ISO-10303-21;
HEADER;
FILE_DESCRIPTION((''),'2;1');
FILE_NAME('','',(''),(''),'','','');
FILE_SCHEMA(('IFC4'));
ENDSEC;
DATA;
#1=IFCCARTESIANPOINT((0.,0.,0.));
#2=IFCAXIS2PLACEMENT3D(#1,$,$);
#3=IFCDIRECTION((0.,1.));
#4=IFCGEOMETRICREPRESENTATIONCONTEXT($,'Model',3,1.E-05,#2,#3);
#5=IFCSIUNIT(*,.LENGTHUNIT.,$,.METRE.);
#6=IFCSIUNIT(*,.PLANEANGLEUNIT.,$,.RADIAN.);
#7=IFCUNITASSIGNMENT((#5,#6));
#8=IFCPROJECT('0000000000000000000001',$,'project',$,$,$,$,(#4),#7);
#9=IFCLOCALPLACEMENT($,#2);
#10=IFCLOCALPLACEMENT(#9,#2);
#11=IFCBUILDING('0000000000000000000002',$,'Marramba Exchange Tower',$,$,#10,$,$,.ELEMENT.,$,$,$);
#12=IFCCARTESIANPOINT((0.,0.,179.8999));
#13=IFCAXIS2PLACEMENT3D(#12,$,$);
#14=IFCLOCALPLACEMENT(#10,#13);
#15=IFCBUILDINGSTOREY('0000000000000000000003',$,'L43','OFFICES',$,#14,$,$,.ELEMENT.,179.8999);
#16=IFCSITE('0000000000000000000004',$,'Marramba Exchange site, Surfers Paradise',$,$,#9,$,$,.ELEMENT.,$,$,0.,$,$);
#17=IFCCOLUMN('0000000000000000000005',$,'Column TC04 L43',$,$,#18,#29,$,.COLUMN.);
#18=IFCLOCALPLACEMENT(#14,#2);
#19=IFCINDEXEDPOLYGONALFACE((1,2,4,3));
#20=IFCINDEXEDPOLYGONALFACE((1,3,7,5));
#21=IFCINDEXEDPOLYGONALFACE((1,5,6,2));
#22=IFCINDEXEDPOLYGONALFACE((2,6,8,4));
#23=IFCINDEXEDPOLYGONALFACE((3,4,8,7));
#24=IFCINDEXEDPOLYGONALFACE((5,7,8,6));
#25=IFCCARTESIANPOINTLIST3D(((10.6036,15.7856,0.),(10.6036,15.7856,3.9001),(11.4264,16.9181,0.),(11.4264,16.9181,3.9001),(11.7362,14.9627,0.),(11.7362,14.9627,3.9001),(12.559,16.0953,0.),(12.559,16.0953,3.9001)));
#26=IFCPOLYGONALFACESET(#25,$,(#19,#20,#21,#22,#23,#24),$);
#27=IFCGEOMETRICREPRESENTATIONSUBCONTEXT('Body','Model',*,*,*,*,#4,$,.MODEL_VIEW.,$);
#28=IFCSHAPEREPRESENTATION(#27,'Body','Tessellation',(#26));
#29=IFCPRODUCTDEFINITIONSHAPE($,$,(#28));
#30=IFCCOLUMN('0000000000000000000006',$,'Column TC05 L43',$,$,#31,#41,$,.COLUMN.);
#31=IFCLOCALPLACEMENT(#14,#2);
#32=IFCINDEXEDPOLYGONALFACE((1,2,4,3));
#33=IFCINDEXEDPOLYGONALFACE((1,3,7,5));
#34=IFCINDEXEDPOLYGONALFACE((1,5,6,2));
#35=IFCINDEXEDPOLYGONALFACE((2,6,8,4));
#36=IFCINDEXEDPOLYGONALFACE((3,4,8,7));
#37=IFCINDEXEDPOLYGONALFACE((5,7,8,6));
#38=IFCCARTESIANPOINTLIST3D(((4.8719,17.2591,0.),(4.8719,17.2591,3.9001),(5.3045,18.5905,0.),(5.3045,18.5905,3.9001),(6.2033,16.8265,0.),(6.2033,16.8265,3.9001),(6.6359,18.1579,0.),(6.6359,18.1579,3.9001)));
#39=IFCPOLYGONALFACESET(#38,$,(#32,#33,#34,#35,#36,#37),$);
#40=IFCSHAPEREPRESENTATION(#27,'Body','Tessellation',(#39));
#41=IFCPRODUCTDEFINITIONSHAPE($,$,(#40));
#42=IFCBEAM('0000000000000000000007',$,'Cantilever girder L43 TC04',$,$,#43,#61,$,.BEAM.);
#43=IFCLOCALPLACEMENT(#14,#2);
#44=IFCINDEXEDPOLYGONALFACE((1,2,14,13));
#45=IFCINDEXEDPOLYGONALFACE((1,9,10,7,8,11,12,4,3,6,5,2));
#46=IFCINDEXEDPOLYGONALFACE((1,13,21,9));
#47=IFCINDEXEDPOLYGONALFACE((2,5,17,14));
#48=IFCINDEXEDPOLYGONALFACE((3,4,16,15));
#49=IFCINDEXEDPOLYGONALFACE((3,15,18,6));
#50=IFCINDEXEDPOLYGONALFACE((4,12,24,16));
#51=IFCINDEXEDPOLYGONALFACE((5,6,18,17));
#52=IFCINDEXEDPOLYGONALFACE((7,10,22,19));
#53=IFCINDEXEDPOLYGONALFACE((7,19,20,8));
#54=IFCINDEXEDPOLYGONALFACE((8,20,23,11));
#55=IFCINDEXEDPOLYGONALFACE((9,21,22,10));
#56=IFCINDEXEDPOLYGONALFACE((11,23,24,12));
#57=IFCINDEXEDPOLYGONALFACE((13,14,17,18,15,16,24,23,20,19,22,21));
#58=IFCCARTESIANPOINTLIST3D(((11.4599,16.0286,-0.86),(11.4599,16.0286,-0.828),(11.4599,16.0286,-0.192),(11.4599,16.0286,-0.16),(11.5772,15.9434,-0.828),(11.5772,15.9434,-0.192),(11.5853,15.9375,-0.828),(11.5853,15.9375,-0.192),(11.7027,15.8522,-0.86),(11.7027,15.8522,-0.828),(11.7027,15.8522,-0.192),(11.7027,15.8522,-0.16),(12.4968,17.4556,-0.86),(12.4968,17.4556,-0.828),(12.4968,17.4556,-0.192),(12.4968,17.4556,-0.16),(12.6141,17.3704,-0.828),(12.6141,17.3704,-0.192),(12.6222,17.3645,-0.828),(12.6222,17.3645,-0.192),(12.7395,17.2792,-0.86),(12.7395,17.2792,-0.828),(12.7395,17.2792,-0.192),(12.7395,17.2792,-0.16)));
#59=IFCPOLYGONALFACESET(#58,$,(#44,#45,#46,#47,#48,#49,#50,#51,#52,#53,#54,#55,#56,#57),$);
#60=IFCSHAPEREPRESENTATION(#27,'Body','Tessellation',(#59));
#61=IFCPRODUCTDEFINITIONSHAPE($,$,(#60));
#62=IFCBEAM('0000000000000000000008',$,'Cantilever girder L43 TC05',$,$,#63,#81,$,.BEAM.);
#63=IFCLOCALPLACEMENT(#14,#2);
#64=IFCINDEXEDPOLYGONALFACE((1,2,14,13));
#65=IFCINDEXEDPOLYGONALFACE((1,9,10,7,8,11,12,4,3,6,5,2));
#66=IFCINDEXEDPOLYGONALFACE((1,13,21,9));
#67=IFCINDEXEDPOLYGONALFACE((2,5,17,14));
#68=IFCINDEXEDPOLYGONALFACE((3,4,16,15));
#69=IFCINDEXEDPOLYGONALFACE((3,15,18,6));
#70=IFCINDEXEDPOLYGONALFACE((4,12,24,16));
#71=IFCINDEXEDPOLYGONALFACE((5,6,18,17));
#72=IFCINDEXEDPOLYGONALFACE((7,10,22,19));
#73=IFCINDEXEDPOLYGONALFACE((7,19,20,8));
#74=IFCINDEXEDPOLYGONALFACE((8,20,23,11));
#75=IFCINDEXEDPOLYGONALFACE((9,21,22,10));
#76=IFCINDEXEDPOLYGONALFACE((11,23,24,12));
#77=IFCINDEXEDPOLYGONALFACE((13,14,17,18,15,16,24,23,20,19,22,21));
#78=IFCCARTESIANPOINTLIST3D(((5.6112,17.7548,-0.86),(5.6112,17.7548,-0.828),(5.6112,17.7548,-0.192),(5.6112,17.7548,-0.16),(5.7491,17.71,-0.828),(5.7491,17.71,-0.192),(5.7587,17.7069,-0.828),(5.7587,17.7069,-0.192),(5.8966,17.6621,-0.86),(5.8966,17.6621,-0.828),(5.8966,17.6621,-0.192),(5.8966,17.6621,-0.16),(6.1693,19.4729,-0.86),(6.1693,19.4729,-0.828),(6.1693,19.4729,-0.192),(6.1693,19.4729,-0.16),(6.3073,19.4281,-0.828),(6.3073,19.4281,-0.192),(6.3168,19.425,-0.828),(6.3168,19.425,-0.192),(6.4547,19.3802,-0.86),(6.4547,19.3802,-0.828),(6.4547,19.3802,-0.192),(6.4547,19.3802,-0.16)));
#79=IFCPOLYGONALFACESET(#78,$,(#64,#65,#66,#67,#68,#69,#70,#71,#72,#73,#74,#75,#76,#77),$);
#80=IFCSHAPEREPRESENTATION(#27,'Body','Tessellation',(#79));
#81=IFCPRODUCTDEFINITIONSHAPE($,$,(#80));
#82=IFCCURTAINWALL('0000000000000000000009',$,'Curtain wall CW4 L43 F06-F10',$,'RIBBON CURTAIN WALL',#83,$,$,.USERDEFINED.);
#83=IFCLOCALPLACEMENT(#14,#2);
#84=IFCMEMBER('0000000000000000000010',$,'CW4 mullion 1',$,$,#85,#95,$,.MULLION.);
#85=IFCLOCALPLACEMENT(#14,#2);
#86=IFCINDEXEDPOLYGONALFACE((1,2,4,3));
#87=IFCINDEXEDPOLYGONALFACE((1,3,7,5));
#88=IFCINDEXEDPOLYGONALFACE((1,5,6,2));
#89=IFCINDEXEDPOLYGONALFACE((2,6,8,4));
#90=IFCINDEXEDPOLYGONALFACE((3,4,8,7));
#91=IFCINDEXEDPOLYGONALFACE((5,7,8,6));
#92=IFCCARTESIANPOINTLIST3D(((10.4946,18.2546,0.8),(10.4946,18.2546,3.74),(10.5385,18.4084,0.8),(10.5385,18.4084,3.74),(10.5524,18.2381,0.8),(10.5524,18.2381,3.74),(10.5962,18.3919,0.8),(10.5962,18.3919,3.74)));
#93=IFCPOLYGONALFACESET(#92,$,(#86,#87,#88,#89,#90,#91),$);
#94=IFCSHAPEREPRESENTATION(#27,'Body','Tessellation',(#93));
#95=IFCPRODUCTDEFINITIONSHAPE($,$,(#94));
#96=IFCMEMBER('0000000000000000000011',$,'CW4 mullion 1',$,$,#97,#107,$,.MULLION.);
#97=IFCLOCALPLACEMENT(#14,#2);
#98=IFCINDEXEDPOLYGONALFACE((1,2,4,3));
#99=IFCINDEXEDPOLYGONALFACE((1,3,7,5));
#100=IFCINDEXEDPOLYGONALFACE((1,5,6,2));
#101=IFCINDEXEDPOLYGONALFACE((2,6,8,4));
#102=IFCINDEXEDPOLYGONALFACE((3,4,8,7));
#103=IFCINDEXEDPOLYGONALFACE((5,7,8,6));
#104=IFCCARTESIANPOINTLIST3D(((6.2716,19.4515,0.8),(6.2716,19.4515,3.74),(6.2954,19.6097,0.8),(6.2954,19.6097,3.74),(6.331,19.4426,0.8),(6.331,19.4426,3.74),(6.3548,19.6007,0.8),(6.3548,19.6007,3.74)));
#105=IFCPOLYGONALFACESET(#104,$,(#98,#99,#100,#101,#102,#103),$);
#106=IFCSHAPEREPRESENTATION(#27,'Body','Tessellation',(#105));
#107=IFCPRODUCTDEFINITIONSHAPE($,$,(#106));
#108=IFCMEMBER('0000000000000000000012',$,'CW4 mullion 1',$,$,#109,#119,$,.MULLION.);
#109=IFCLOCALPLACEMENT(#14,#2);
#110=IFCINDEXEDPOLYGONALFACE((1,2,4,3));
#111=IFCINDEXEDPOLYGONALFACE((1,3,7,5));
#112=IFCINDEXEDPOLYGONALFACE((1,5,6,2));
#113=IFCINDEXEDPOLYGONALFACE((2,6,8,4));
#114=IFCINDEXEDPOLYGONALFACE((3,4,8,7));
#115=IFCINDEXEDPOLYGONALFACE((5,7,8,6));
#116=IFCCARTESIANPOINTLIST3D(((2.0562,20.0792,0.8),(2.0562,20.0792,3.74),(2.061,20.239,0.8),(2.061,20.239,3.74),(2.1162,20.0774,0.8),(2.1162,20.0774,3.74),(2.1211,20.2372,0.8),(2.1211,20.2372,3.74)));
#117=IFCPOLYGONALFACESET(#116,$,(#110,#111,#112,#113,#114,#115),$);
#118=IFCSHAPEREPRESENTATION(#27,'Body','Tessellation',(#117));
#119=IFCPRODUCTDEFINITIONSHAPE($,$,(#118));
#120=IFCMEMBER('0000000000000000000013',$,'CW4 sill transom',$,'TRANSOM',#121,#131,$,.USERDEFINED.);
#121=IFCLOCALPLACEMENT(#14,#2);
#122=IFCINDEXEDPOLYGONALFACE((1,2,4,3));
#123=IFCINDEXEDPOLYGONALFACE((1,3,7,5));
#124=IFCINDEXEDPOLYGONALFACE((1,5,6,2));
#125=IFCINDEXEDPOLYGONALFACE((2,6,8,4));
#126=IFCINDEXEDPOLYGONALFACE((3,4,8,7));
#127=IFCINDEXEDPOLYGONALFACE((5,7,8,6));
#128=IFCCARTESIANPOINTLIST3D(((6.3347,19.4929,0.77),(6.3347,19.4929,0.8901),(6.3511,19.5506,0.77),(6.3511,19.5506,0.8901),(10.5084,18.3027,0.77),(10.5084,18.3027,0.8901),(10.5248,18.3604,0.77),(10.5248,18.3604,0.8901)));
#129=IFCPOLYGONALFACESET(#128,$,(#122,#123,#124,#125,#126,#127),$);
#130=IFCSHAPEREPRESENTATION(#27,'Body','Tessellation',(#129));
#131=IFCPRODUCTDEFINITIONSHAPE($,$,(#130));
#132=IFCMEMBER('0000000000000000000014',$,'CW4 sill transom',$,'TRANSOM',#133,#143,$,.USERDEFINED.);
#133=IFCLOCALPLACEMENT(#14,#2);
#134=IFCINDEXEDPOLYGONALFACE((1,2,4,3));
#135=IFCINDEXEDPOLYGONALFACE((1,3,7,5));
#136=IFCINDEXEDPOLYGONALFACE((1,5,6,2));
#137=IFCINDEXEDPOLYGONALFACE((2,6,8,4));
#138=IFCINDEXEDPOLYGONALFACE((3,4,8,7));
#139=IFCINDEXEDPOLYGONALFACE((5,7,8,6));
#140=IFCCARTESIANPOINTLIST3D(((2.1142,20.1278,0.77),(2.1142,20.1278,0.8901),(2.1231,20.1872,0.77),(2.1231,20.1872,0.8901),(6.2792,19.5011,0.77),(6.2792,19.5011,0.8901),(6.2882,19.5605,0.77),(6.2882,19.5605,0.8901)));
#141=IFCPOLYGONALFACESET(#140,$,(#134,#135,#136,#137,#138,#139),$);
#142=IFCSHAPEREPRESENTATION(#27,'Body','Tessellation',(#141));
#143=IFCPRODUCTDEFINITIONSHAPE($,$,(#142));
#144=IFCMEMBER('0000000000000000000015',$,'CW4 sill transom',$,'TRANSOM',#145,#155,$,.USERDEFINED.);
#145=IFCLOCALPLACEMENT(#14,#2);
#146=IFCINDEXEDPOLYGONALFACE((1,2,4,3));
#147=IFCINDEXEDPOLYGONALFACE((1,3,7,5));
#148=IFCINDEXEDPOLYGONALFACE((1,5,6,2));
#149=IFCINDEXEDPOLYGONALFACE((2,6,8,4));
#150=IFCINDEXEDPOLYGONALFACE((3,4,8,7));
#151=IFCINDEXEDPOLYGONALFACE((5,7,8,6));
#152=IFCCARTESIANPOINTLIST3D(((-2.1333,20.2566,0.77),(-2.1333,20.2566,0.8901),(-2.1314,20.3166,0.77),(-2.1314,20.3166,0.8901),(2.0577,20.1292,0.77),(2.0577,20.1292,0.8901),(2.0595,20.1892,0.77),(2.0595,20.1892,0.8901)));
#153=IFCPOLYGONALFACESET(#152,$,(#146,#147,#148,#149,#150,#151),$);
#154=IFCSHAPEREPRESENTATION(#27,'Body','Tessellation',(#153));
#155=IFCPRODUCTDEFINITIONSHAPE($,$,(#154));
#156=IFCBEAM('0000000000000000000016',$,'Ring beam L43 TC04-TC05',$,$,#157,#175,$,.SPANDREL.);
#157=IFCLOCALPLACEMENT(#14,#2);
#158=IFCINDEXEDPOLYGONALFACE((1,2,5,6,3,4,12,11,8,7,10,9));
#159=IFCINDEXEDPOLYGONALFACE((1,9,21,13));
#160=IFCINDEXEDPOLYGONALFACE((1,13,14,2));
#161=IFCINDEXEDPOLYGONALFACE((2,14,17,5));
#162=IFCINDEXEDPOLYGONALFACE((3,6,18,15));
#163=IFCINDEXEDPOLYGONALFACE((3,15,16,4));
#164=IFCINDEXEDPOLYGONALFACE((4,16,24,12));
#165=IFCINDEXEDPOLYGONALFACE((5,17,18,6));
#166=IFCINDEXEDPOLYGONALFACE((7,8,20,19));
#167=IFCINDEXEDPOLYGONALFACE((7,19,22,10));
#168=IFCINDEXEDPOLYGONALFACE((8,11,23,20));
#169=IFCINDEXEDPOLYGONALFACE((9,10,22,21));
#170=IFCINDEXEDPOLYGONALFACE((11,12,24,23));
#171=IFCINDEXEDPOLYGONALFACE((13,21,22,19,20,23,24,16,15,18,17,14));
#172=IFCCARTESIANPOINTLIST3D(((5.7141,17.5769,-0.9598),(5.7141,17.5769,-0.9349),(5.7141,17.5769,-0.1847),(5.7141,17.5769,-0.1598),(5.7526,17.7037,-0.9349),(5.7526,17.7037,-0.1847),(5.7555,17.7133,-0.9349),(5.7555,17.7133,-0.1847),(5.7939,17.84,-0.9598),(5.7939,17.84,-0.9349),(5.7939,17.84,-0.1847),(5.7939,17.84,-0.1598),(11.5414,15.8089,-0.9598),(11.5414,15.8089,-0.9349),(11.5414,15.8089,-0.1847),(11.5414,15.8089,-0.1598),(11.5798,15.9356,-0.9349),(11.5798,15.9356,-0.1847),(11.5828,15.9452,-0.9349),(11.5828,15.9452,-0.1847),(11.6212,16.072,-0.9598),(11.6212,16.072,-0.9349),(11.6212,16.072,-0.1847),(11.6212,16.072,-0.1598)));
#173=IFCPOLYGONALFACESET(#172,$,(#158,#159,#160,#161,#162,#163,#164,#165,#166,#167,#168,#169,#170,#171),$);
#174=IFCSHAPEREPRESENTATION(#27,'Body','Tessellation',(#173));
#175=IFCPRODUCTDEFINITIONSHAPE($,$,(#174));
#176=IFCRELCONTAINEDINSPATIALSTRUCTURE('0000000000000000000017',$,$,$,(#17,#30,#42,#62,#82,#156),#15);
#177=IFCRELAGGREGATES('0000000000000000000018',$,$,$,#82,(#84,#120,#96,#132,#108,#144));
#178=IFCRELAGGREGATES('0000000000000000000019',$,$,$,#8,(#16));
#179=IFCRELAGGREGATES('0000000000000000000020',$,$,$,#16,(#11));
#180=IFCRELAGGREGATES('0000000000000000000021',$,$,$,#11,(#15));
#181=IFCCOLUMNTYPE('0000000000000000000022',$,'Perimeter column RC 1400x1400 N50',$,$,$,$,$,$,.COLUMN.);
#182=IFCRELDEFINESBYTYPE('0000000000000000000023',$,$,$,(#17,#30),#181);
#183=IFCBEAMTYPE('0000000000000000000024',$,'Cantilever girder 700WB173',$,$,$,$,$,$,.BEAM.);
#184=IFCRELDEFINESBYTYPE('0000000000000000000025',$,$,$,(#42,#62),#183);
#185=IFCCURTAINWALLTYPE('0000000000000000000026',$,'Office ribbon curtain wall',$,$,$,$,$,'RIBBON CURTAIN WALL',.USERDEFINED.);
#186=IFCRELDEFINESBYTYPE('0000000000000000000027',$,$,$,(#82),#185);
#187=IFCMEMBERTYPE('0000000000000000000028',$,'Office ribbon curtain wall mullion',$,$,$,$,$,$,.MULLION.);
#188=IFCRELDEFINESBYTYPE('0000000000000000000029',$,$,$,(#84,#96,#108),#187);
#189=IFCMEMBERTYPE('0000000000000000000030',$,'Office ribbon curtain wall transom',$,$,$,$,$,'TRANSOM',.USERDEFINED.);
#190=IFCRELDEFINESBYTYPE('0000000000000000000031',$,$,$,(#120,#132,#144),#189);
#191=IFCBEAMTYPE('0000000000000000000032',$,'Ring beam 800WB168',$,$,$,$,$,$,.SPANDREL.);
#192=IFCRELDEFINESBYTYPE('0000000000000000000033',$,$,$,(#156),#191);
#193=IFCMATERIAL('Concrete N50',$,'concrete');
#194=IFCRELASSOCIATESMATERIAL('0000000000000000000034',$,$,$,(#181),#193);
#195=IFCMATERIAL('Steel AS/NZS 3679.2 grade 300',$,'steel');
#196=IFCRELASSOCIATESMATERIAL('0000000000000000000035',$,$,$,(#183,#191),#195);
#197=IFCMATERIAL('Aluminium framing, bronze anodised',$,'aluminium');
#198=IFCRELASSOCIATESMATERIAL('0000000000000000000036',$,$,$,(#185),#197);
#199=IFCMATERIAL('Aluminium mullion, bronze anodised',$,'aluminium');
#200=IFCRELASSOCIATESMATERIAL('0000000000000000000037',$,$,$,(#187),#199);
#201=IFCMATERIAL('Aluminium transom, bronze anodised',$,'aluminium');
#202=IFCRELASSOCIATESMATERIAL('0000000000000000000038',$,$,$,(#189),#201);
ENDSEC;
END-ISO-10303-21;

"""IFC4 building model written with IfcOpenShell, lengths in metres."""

from ifc_helpers import new_model, si_unit, direction, frame, origin, origin_2d, place, context, subcontext, project, spatial, rectangle, i_section, extrude, material, material_profile, profile_set, type_object, element, aggregate, save


model = new_model("IFC4")

# Units and contexts
model_context = context("Model", 3, precision=1e-05, world=origin(), true_north=direction((0.0, 1.0)))
body_context = subcontext(model_context, "Body", "Model", "MODEL_VIEW")
ifc_project = project(units=[si_unit("LENGTHUNIT", "METRE"), si_unit("PLANEANGLEUNIT", "RADIAN")], contexts=[model_context])

# Site, building, storey
site_placement = place(None, origin())
site = spatial("IfcSite", under=ifc_project, at=site_placement, Name="Marramba Exchange site, Surfers Paradise", CompositionType="ELEMENT", RefElevation=0.0)
building_placement = place(site_placement, origin())
building = spatial("IfcBuilding", under=site, at=building_placement, Name="Marramba Exchange Tower", CompositionType="ELEMENT")
storey_placement = place(building_placement, frame((0.0, 0.0, 179.8999)))
storey = spatial("IfcBuildingStorey", under=building, at=storey_placement, Name="L43", Description="OFFICES", CompositionType="ELEMENT", Elevation=179.8999)

# Columns
ifc_material_1 = material(Name="Concrete N50", Category="concrete")
ifc_material_profile_1 = material_profile(ifc_material_1, rectangle(XDim=1.3999, YDim=1.3999, at=origin_2d()), Name="RC 1400x1400")
ifc_profile_set_1 = profile_set([ifc_material_profile_1], Name="Concrete N50")
column_type = type_object("IfcColumnType", Name="Perimeter column RC 1400x1400 N50", PredefinedType="COLUMN", material=ifc_profile_set_1)
for number, where, z_axis, x_axis, name in (
    (1, (11.5813, 15.9404, 0.0), (0.0, 0.0, 1.0), (0.587785, 0.809017, 0.0), "Column TC04 L43"),
    (2, (5.7539, 17.7085, 0.0), (0.0, 0.0, 1.0), (0.309017, 0.951057, 0.0), "Column TC05 L43"),
):
    element("IfcColumn", number, at=place(storey_placement, frame(where, z_axis=z_axis, x_axis=x_axis)), inside=storey, type_object=column_type, Name=name, PredefinedType="COLUMN", context=body_context, shape_type="SweptSolid", body=[
        extrude(rectangle(XDim=1.3999, YDim=1.3999, at=origin_2d()), origin(), (0.0, 0.0, 1.0), 3.9001),
    ])

# Beams
ifc_material_2 = material(Name="Steel AS/NZS 3679.2 grade 300", Category="steel")
ifc_material_profile_2 = material_profile(ifc_material_2, i_section(OverallWidth=0.3, OverallDepth=0.7, WebThickness=0.01, FlangeThickness=0.032, at=origin_2d()), Name="700WB173")
ifc_profile_set_2 = profile_set([ifc_material_profile_2], Name="Steel AS/NZS 3679.2 grade 300")
beam_type_1 = type_object("IfcBeamType", Name="Cantilever girder 700WB173", PredefinedType="BEAM", material=ifc_profile_set_2)
beam_1_placement = place(storey_placement, frame((11.5813, 15.9404, -0.51), z_axis=(0.587818, 0.808993, 0.0), x_axis=(-0.808993, 0.587818, 0.0)))
element("IfcBeam", 3, at=beam_1_placement, inside=storey, type_object=beam_type_1, Name="Cantilever girder L43 TC04", PredefinedType="BEAM", context=body_context, shape_type="SweptSolid", body=[
    extrude(i_section(OverallWidth=0.3, OverallDepth=0.7, WebThickness=0.01, FlangeThickness=0.032, at=origin_2d()), origin(), (0.0, 0.0, 1.0), 1.7639),
])
beam_2_placement = place(storey_placement, frame((5.7539, 17.7085, -0.51), z_axis=(0.308961, 0.951075, 0.0), x_axis=(-0.951075, 0.308961, 0.0)))
element("IfcBeam", 4, at=beam_2_placement, inside=storey, type_object=beam_type_1, Name="Cantilever girder L43 TC05", PredefinedType="BEAM", context=body_context, shape_type="SweptSolid", body=[
    extrude(i_section(OverallWidth=0.3, OverallDepth=0.7, WebThickness=0.01, FlangeThickness=0.032, at=origin_2d()), origin(), (0.0, 0.0, 1.0), 1.8064),
])

# Curtain wall, members
ifc_material_3 = material(Name="Aluminium framing, bronze anodised", Category="aluminium")
curtain_wall_type = type_object("IfcCurtainWallType", Name="Office ribbon curtain wall", ElementType="RIBBON CURTAIN WALL", PredefinedType="USERDEFINED", material=ifc_material_3)
curtain_wall_1_placement = place(storey_placement, origin())
curtain_wall_1 = element("IfcCurtainWall", 5, at=curtain_wall_1_placement, inside=storey, type_object=curtain_wall_type, Name="Curtain wall CW4 L43 F06-F10", ObjectType="RIBBON CURTAIN WALL", PredefinedType="USERDEFINED")
ifc_material_4 = material(Name="Aluminium mullion, bronze anodised", Category="aluminium")
ifc_material_profile_3 = material_profile(ifc_material_4, rectangle(XDim=0.1599, YDim=0.0601, at=origin_2d()), Name="CW4 mullion 60x160")
ifc_profile_set_3 = profile_set([ifc_material_profile_3], Name="Aluminium mullion, bronze anodised")
member_type_1 = type_object("IfcMemberType", Name="Office ribbon curtain wall mullion", PredefinedType="MULLION", material=ifc_profile_set_3)
member_1_placement = place(storey_placement, frame((10.5454, 18.3232, 0.8), z_axis=(0.0, 0.0, 1.0), x_axis=(-0.274248, -0.961659, 0.0)))
member_1 = element("IfcMember", 6, at=member_1_placement, type_object=member_type_1, Name="CW4 mullion 1", PredefinedType="MULLION", context=body_context, shape_type="SweptSolid", body=[
    extrude(rectangle(XDim=0.1599, YDim=0.0601, at=origin_2d()), origin(), (0.0, 0.0, 1.0), 2.9399),
])
member_2_placement = place(storey_placement, frame((6.3132, 19.5261, 0.8), z_axis=(0.0, 0.0, 1.0), x_axis=(-0.148795, -0.988868, 0.0)))
member_2 = element("IfcMember", 7, at=member_2_placement, type_object=member_type_1, Name="CW4 mullion 1", PredefinedType="MULLION", context=body_context, shape_type="SweptSolid", body=[
    extrude(rectangle(XDim=0.1599, YDim=0.0601, at=origin_2d()), origin(), (0.0, 0.0, 1.0), 2.9399),
])
member_3_placement = place(storey_placement, frame((2.0886, 20.1582, 0.8), z_axis=(0.0, 0.0, 1.0), x_axis=(-0.030394, -0.999538, 0.0)))
member_3 = element("IfcMember", 8, at=member_3_placement, type_object=member_type_1, Name="CW4 mullion 1", PredefinedType="MULLION", context=body_context, shape_type="SweptSolid", body=[
    extrude(rectangle(XDim=0.1599, YDim=0.0601, at=origin_2d()), origin(), (0.0, 0.0, 1.0), 2.9399),
])
ifc_material_5 = material(Name="Aluminium transom, bronze anodised", Category="aluminium")
ifc_material_profile_4 = material_profile(ifc_material_5, rectangle(XDim=0.0601, YDim=0.1201, at=origin_2d()), Name="CW4 transom 60x120")
ifc_profile_set_4 = profile_set([ifc_material_profile_4], Name="Aluminium transom, bronze anodised")
member_type_2 = type_object("IfcMemberType", Name="Office ribbon curtain wall transom", ElementType="TRANSOM", PredefinedType="USERDEFINED", material=ifc_profile_set_4)
member_4_placement = place(storey_placement, frame((10.5166, 18.3315, 0.8301), z_axis=(-0.961662, 0.274238, 0.0), x_axis=(-0.274238, -0.961662, 0.0)))
member_4 = element("IfcMember", 9, at=member_4_placement, type_object=member_type_2, Name="CW4 sill transom", ObjectType="TRANSOM", PredefinedType="USERDEFINED", context=body_context, shape_type="SweptSolid", body=[
    extrude(rectangle(XDim=0.0601, YDim=0.1201, at=origin_2d()), origin(), (0.0, 0.0, 1.0), 4.3401),
])
member_5_placement = place(storey_placement, frame((6.2837, 19.5308, 0.8301), z_axis=(-0.988868, 0.148794, 0.0), x_axis=(-0.148794, -0.988868, 0.0)))
member_5 = element("IfcMember", 10, at=member_5_placement, type_object=member_type_2, Name="CW4 sill transom", ObjectType="TRANSOM", PredefinedType="USERDEFINED", context=body_context, shape_type="SweptSolid", body=[
    extrude(rectangle(XDim=0.0601, YDim=0.1201, at=origin_2d()), origin(), (0.0, 0.0, 1.0), 4.2119),
])
member_6_placement = place(storey_placement, frame((2.0586, 20.1592, 0.8301), z_axis=(-0.999538, 0.030395, 0.0), x_axis=(-0.030395, -0.999538, 0.0)))
member_6 = element("IfcMember", 11, at=member_6_placement, type_object=member_type_2, Name="CW4 sill transom", ObjectType="TRANSOM", PredefinedType="USERDEFINED", context=body_context, shape_type="SweptSolid", body=[
    extrude(rectangle(XDim=0.0601, YDim=0.1201, at=origin_2d()), origin(), (0.0, 0.0, 1.0), 4.1929),
])

# Beam
ifc_material_profile_5 = material_profile(ifc_material_2, i_section(OverallWidth=0.2749, OverallDepth=0.8, WebThickness=0.01, FlangeThickness=0.0249, at=origin_2d()), Name="800WB168")
ifc_profile_set_5 = profile_set([ifc_material_profile_5], Name="Steel AS/NZS 3679.2 grade 300")
beam_type_2 = type_object("IfcBeamType", Name="Ring beam 800WB168", PredefinedType="SPANDREL", material=ifc_profile_set_5)
beam_3_placement = place(storey_placement, frame((11.5813, 15.9404, -0.5598), z_axis=(-0.956925, 0.290337, 0.0), x_axis=(-0.290337, -0.956925, 0.0)))
element("IfcBeam", 12, at=beam_3_placement, inside=storey, type_object=beam_type_2, Name="Ring beam L43 TC04-TC05", PredefinedType="SPANDREL", context=body_context, shape_type="SweptSolid", body=[
    extrude(i_section(OverallWidth=0.2749, OverallDepth=0.8, WebThickness=0.01, FlangeThickness=0.0249, at=origin_2d()), origin(), (0.0, 0.0, 1.0), 6.0896),
])

aggregate(curtain_wall_1, [member_1, member_4, member_2, member_5, member_3, member_6])

save(model, "model.ifc")
